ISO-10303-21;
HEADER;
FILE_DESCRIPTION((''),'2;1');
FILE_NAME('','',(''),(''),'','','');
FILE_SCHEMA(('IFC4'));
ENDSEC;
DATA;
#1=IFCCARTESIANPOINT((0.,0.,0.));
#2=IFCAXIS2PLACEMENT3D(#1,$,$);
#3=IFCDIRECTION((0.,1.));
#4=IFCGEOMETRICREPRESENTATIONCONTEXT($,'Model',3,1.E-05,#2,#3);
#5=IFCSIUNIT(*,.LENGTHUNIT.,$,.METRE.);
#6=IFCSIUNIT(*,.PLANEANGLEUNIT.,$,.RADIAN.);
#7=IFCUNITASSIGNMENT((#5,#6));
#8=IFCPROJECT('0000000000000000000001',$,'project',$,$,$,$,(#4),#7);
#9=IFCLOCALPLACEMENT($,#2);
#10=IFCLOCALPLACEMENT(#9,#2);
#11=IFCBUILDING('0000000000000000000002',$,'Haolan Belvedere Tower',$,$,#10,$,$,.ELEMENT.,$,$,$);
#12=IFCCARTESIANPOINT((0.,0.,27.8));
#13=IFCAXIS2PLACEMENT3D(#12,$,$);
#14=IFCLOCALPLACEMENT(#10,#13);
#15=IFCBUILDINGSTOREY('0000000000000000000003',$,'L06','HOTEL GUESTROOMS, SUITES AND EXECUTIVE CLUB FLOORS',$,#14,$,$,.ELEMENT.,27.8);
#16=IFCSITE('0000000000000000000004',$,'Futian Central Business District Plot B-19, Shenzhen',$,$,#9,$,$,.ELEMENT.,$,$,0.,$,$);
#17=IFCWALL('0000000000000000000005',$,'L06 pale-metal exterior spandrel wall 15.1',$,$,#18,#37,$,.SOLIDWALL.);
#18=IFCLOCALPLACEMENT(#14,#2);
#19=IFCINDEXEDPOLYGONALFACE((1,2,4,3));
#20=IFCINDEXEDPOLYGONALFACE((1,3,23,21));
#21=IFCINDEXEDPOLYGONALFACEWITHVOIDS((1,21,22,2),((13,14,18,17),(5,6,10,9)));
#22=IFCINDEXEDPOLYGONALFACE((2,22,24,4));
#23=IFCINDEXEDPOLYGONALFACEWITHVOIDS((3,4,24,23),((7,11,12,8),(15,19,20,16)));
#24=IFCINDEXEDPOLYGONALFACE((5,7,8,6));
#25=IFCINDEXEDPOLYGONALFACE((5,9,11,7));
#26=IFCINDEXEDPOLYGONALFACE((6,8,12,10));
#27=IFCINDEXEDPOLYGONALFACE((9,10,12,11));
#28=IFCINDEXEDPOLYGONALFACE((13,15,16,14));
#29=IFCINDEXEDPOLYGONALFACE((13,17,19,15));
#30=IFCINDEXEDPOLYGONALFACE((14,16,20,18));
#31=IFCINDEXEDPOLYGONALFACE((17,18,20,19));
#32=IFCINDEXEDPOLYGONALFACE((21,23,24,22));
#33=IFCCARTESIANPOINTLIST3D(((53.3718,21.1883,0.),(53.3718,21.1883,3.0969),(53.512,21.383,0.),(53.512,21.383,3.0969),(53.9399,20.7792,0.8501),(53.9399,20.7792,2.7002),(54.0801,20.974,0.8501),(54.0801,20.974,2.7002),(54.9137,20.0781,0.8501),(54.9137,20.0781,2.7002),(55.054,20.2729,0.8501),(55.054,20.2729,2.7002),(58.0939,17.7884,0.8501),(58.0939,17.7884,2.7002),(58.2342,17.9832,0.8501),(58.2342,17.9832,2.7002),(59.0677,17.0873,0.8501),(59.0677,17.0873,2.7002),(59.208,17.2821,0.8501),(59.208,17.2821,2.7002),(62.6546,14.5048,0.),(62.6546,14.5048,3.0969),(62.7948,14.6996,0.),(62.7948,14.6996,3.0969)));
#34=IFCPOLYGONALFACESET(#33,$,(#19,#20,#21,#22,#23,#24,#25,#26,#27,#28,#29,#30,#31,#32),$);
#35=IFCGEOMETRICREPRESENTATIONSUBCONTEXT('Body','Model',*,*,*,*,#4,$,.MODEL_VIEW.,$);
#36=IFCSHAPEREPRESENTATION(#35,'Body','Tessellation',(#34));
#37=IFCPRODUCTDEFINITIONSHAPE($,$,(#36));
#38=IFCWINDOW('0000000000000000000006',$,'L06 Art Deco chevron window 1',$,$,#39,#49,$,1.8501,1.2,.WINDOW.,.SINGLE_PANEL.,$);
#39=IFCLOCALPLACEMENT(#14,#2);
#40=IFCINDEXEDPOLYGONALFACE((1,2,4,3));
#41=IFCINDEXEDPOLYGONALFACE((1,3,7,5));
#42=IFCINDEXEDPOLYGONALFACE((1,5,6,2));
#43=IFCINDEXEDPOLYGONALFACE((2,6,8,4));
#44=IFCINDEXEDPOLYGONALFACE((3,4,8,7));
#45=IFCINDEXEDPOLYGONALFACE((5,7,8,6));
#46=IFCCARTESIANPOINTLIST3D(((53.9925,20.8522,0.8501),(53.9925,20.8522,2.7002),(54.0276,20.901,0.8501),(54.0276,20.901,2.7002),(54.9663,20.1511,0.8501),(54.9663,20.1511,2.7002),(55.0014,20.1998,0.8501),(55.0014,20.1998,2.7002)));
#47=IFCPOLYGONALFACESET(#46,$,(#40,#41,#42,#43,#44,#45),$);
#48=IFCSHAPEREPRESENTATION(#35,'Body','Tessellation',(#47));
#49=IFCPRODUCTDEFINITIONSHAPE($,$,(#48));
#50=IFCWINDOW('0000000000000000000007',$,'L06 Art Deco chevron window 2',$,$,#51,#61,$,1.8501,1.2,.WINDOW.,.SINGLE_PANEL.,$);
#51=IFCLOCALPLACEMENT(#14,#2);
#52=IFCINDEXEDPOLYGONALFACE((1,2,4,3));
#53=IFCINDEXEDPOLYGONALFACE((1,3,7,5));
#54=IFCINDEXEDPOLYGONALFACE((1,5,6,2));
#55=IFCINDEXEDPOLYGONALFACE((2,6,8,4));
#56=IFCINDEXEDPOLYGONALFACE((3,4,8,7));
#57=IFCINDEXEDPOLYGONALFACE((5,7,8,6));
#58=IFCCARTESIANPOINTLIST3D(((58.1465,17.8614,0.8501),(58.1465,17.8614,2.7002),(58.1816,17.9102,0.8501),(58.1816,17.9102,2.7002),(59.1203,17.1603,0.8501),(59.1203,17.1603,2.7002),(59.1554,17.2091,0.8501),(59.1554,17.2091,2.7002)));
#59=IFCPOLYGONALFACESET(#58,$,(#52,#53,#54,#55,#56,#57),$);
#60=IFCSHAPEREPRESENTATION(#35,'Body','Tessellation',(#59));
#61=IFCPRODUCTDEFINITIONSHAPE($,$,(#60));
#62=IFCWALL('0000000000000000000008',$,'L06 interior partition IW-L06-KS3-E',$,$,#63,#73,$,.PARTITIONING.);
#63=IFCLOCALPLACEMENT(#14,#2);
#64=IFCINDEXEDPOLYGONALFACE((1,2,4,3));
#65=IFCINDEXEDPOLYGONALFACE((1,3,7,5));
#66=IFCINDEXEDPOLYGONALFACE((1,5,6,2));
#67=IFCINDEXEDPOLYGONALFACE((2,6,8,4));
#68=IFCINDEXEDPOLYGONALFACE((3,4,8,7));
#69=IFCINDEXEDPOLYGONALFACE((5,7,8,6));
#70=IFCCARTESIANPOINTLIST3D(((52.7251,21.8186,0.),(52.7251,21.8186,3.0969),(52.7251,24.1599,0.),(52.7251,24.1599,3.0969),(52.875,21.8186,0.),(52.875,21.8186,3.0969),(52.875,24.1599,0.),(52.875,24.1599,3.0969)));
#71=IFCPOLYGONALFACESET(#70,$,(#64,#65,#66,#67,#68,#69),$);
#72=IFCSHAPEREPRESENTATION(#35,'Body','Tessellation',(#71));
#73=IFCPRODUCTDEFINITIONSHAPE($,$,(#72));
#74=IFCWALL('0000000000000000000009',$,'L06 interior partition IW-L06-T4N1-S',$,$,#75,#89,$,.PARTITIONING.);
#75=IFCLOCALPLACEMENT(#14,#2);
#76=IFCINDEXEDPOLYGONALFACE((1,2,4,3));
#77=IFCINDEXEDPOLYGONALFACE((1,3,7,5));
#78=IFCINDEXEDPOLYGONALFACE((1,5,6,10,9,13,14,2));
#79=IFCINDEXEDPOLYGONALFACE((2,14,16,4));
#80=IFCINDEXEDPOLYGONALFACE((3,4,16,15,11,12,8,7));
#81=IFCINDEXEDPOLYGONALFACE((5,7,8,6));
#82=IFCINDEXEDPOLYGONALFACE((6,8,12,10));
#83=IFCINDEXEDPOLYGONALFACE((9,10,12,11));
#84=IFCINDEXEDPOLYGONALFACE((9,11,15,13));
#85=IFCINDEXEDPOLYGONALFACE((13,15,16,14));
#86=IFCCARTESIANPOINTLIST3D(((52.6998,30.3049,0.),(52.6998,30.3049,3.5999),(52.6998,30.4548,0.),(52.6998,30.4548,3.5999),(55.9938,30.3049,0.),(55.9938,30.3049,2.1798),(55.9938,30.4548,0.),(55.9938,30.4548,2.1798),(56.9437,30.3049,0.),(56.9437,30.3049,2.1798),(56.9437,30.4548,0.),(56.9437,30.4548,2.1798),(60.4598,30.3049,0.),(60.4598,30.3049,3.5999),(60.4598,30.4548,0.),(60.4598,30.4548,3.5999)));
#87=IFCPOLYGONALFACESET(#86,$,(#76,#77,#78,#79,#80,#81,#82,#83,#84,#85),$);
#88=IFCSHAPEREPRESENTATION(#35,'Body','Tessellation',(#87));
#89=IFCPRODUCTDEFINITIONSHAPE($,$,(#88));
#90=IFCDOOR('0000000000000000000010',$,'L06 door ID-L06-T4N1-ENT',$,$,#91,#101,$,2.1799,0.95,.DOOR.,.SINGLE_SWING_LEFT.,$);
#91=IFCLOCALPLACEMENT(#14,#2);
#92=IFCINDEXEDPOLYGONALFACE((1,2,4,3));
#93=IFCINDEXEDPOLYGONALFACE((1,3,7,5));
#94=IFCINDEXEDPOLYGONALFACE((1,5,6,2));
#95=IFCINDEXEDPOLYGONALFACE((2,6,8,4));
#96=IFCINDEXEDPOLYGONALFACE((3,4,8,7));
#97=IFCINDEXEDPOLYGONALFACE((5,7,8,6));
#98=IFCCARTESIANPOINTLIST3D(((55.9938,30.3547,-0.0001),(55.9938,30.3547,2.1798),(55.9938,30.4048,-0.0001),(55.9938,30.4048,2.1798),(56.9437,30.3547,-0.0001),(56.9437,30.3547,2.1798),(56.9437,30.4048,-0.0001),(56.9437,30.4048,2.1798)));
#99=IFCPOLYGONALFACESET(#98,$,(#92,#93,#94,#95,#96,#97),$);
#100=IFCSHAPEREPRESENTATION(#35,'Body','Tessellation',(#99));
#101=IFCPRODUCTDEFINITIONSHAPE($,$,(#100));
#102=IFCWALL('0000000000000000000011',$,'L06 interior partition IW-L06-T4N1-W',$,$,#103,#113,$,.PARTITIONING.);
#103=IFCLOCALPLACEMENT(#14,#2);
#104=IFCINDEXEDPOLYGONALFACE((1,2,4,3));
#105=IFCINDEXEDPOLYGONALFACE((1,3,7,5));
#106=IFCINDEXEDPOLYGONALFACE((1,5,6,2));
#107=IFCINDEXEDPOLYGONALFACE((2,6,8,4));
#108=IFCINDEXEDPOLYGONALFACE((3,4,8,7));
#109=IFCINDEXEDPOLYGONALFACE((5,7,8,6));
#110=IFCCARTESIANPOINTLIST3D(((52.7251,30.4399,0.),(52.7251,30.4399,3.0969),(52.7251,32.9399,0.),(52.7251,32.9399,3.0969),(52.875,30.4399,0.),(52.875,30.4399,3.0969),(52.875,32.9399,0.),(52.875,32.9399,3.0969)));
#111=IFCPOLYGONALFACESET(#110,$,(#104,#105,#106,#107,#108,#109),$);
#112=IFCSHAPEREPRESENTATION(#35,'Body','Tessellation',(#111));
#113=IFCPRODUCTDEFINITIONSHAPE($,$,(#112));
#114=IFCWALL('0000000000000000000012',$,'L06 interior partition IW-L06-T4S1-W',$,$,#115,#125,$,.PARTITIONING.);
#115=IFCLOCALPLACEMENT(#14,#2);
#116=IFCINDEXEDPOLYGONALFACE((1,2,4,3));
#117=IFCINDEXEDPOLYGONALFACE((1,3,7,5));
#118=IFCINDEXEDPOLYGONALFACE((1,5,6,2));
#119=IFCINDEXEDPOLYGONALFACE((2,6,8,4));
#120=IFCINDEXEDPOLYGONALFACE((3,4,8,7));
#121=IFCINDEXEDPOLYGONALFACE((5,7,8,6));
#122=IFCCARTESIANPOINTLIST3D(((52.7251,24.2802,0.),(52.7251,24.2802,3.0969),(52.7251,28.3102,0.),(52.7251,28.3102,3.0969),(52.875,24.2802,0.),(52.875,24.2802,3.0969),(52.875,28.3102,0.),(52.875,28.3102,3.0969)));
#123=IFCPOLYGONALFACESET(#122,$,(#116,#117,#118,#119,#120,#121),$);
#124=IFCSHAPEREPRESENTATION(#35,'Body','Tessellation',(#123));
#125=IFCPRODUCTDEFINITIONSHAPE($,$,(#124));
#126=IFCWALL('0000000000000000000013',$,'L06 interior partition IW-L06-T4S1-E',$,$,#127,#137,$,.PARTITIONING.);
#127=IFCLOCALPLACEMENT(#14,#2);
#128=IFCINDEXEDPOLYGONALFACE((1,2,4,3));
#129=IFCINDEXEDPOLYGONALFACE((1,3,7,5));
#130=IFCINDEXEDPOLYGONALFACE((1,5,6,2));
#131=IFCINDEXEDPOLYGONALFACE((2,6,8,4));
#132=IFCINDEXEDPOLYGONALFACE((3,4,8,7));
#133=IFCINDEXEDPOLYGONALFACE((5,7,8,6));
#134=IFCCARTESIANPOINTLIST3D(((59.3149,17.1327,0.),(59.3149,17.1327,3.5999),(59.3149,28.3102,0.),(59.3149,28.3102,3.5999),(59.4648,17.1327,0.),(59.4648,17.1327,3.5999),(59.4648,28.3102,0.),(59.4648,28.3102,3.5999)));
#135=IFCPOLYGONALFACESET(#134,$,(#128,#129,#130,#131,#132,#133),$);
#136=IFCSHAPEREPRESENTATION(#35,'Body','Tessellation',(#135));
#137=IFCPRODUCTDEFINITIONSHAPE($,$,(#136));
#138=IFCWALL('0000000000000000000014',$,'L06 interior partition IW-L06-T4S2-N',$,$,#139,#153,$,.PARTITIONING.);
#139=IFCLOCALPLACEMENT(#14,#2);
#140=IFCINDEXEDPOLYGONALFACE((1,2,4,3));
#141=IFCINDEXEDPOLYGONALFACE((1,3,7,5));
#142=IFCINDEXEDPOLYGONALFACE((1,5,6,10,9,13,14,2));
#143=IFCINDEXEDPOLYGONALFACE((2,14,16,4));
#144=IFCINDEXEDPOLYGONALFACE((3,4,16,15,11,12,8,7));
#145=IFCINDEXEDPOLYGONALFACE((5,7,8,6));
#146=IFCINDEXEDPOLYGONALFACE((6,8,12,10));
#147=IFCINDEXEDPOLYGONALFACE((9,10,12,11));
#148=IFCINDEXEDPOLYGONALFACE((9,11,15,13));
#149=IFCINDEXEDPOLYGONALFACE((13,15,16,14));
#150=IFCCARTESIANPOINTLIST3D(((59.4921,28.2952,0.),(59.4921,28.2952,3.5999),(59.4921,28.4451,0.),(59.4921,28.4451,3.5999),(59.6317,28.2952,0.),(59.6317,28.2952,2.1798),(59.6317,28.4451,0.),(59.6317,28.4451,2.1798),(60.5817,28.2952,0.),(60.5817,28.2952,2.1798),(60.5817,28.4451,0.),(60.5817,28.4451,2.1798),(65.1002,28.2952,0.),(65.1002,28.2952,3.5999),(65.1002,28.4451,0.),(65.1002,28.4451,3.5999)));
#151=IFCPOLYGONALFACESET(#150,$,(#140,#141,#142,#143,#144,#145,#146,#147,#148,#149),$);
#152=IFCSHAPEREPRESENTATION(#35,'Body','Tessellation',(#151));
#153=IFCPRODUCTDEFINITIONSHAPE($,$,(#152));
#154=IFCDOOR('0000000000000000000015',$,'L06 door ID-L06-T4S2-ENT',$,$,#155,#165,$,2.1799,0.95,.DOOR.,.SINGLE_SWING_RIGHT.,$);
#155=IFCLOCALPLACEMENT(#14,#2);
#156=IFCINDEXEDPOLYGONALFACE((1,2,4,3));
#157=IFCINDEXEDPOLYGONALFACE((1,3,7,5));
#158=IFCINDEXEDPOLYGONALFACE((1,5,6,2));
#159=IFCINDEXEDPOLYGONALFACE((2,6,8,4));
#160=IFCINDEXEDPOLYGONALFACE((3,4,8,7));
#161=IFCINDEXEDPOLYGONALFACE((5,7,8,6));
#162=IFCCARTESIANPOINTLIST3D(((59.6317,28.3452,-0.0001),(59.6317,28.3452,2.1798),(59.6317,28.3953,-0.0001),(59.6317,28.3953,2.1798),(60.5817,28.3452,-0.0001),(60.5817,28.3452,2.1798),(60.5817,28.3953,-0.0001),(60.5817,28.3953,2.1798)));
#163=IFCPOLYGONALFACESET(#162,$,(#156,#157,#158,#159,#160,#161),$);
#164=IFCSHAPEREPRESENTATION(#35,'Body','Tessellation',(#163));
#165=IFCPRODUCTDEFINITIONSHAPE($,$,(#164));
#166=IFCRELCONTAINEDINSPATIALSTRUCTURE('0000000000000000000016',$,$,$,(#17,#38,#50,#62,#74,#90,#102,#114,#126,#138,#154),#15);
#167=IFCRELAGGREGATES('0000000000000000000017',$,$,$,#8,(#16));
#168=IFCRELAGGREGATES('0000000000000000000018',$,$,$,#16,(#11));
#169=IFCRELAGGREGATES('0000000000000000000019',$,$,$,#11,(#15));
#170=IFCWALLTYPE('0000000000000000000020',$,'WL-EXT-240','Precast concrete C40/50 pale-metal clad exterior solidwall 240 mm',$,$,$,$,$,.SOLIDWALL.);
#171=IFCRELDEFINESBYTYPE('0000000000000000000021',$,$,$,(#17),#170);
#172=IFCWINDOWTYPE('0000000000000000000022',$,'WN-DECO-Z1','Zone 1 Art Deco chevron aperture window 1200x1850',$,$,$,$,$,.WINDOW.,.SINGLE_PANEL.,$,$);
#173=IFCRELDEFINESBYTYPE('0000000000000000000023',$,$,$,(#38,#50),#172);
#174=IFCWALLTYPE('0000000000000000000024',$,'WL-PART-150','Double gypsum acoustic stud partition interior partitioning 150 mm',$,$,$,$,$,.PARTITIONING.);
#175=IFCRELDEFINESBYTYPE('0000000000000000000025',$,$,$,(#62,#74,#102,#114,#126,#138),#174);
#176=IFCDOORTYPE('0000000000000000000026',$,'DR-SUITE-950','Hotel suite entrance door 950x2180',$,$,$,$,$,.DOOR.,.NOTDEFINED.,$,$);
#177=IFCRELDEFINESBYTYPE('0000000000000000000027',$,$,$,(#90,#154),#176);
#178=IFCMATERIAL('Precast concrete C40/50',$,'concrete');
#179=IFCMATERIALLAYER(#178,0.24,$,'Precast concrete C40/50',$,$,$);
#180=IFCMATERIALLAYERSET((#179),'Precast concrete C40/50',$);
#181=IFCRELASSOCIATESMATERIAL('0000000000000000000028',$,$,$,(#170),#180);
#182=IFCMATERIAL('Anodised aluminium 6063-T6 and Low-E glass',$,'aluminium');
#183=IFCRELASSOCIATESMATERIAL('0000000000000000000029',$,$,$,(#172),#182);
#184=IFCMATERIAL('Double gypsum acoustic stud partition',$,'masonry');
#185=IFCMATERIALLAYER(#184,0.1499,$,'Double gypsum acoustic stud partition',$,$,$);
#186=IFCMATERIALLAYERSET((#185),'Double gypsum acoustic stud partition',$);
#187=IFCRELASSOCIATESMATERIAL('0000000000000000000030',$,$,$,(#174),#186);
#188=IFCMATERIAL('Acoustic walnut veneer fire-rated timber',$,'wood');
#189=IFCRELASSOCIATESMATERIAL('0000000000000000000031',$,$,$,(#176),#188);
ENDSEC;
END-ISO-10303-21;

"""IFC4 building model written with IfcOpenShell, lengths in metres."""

from ifc_helpers import new_model, si_unit, direction, frame, frame_2d, origin, place, context, subcontext, project, spatial, rectangle, extrude, material, layer, layer_set, type_object, element, fill, save


model = new_model("IFC4")

# Units and contexts
model_context = context("Model", 3, precision=1e-05, world=origin(), true_north=direction((0.0, 1.0)))
body_context = subcontext(model_context, "Body", "Model", "MODEL_VIEW")
ifc_project = project(units=[si_unit("LENGTHUNIT", "METRE"), si_unit("PLANEANGLEUNIT", "RADIAN")], contexts=[model_context])

# Site, building, storey
site_placement = place(None, origin())
site = spatial("IfcSite", under=ifc_project, at=site_placement, Name="Futian Central Business District Plot B-19, Shenzhen", CompositionType="ELEMENT", RefElevation=0.0)
building_placement = place(site_placement, origin())
building = spatial("IfcBuilding", under=site, at=building_placement, Name="Haolan Belvedere Tower", CompositionType="ELEMENT")
storey_placement = place(building_placement, frame((0.0, 0.0, 27.8)))
storey = spatial("IfcBuildingStorey", under=building, at=storey_placement, Name="L06", Description="HOTEL GUESTROOMS, SUITES AND EXECUTIVE CLUB FLOORS", CompositionType="ELEMENT", Elevation=27.8)

# Wall, openings, windows
ifc_material_1 = material(Name="Precast concrete C40/50", Category="concrete")
ifc_layer_1 = layer(ifc_material_1, 0.24, Name="Precast concrete C40/50")
ifc_layer_set_1 = layer_set([ifc_layer_1], Name="Precast concrete C40/50")
wall_type_1 = type_object("IfcWallType", Name="WL-EXT-240", Description="Precast concrete C40/50 pale-metal clad exterior solidwall 240 mm", PredefinedType="SOLIDWALL", material=ifc_layer_set_1)
wall_1_placement = place(storey_placement, frame((53.4419, 21.2856, 0.0), z_axis=(0.0, 0.0, 1.0), x_axis=(0.811543, -0.584293, 0.0)))
wall_1 = element("IfcWall", 1, at=wall_1_placement, inside=storey, type_object=wall_type_1, Name="L06 pale-metal exterior spandrel wall 15.1", PredefinedType="SOLIDWALL", context=body_context, shape_type="SweptSolid", body=[
    extrude(rectangle(XDim=11.4385, YDim=0.24, at=frame_2d((5.7192, 0.0))), origin(), (0.0, 0.0, 1.0), 3.0969),
])
opening_1_placement = place(wall_1_placement, frame((0.7, 0.0, 0.8501)))
opening_1 = element("IfcOpeningElement", 2, at=opening_1_placement, cuts=wall_1, PredefinedType="OPENING", context=body_context, shape_type="SweptSolid", body=[
    extrude(rectangle(XDim=1.2, YDim=1.8501, at=frame_2d((0.6001, 0.925))), frame((0.0, 0.1299, 0.0), z_axis=(0.0, -1.0, 0.0), x_axis=(1.0, 0.0, 0.0)), (0.0, 0.0, 1.0), 0.26),
])
opening_2_placement = place(wall_1_placement, frame((5.8186, 0.0, 0.8501)))
opening_2 = element("IfcOpeningElement", 3, at=opening_2_placement, cuts=wall_1, PredefinedType="OPENING", context=body_context, shape_type="SweptSolid", body=[
    extrude(rectangle(XDim=1.2, YDim=1.8501, at=frame_2d((0.6001, 0.925))), frame((0.0, 0.1299, 0.0), z_axis=(0.0, -1.0, 0.0), x_axis=(1.0, 0.0, 0.0)), (0.0, 0.0, 1.0), 0.26),
])
ifc_material_2 = material(Name="Anodised aluminium 6063-T6 and Low-E glass", Category="aluminium")
window_type = type_object("IfcWindowType", Name="WN-DECO-Z1", Description="Zone 1 Art Deco chevron aperture window 1200x1850", PartitioningType="SINGLE_PANEL", PredefinedType="WINDOW", material=ifc_material_2)
window_1_placement = place(opening_1_placement, origin())
window_1 = element("IfcWindow", 4, at=window_1_placement, inside=storey, type_object=window_type, Name="L06 Art Deco chevron window 1", OverallHeight=1.8501, OverallWidth=1.2, PartitioningType="SINGLE_PANEL", PredefinedType="WINDOW", context=body_context, shape_type="SweptSolid", body=[
    extrude(rectangle(XDim=1.2, YDim=1.8501, at=frame_2d((0.6001, 0.925))), frame((0.0, 0.03, 0.0), z_axis=(0.0, -1.0, 0.0), x_axis=(1.0, 0.0, 0.0)), (0.0, 0.0, 1.0), 0.0601),
])
fill(opening_1, window_1)
window_2_placement = place(opening_2_placement, origin())
window_2 = element("IfcWindow", 5, at=window_2_placement, inside=storey, type_object=window_type, Name="L06 Art Deco chevron window 2", OverallHeight=1.8501, OverallWidth=1.2, PartitioningType="SINGLE_PANEL", PredefinedType="WINDOW", context=body_context, shape_type="SweptSolid", body=[
    extrude(rectangle(XDim=1.2, YDim=1.8501, at=frame_2d((0.6001, 0.925))), frame((0.0, 0.03, 0.0), z_axis=(0.0, -1.0, 0.0), x_axis=(1.0, 0.0, 0.0)), (0.0, 0.0, 1.0), 0.0601),
])
fill(opening_2, window_2)

# Wall
ifc_material_3 = material(Name="Double gypsum acoustic stud partition", Category="masonry")
ifc_layer_2 = layer(ifc_material_3, 0.1499, Name="Double gypsum acoustic stud partition")
ifc_layer_set_2 = layer_set([ifc_layer_2], Name="Double gypsum acoustic stud partition")
wall_type_2 = type_object("IfcWallType", Name="WL-PART-150", Description="Double gypsum acoustic stud partition interior partitioning 150 mm", PredefinedType="PARTITIONING", material=ifc_layer_set_2)
wall_2_placement = place(storey_placement, frame((52.8, 21.8186, 0.0), z_axis=(0.0, 0.0, 1.0), x_axis=(0.0, 1.0, 0.0)))
element("IfcWall", 6, at=wall_2_placement, inside=storey, type_object=wall_type_2, Name="L06 interior partition IW-L06-KS3-E", PredefinedType="PARTITIONING", context=body_context, shape_type="SweptSolid", body=[
    extrude(rectangle(XDim=2.3413, YDim=0.1499, at=frame_2d((1.1707, 0.0))), origin(), (0.0, 0.0, 1.0), 3.0969),
])

# Wall, opening, door
wall_3_placement = place(storey_placement, frame((52.7, 30.3799, 0.0), z_axis=(0.0, 0.0, 1.0), x_axis=(1.0, 0.0, 0.0)))
wall_3 = element("IfcWall", 7, at=wall_3_placement, inside=storey, type_object=wall_type_2, Name="L06 interior partition IW-L06-T4N1-S", PredefinedType="PARTITIONING", context=body_context, shape_type="SweptSolid", body=[
    extrude(rectangle(XDim=7.76, YDim=0.1499, at=frame_2d((3.8799, 0.0))), origin(), (0.0, 0.0, 1.0), 3.5999),
])
opening_3_placement = place(wall_3_placement, frame((3.2937, 0.0, 0.0)))
opening_3 = element("IfcOpeningElement", 8, at=opening_3_placement, cuts=wall_3, PredefinedType="OPENING", context=body_context, shape_type="SweptSolid", body=[
    extrude(rectangle(XDim=0.95, YDim=2.1799, at=frame_2d((0.4751, 1.0898))), frame((0.0, 0.085, 0.0), z_axis=(0.0, -1.0, 0.0), x_axis=(1.0, 0.0, 0.0)), (0.0, 0.0, 1.0), 0.1699),
])
ifc_material_4 = material(Name="Acoustic walnut veneer fire-rated timber", Category="wood")
door_type_1 = type_object("IfcDoorType", Name="DR-SUITE-950", Description="Hotel suite entrance door 950x2180", OperationType="NOTDEFINED", PredefinedType="DOOR", material=ifc_material_4)
door_1_placement = place(opening_3_placement, origin())
door_1 = element("IfcDoor", 9, at=door_1_placement, inside=storey, type_object=door_type_1, Name="L06 door ID-L06-T4N1-ENT", OperationType="SINGLE_SWING_LEFT", OverallHeight=2.1799, OverallWidth=0.95, PredefinedType="DOOR", context=body_context, shape_type="SweptSolid", body=[
    extrude(rectangle(XDim=0.95, YDim=2.1799, at=frame_2d((0.4751, 1.0898))), frame((0.0, 0.0249, 0.0), z_axis=(0.0, -1.0, 0.0), x_axis=(1.0, 0.0, 0.0)), (0.0, 0.0, 1.0), 0.05),
])
fill(opening_3, door_1)

# Walls
wall_4_placement = place(storey_placement, frame((52.8, 30.4399, 0.0), z_axis=(0.0, 0.0, 1.0), x_axis=(0.0, 1.0, 0.0)))
element("IfcWall", 10, at=wall_4_placement, inside=storey, type_object=wall_type_2, Name="L06 interior partition IW-L06-T4N1-W", PredefinedType="PARTITIONING", context=body_context, shape_type="SweptSolid", body=[
    extrude(rectangle(XDim=2.5, YDim=0.1499, at=frame_2d((1.25, 0.0))), origin(), (0.0, 0.0, 1.0), 3.0969),
])
wall_5_placement = place(storey_placement, frame((52.8, 24.28, 0.0), z_axis=(0.0, 0.0, 1.0), x_axis=(0.0, 1.0, 0.0)))
element("IfcWall", 11, at=wall_5_placement, inside=storey, type_object=wall_type_2, Name="L06 interior partition IW-L06-T4S1-W", PredefinedType="PARTITIONING", context=body_context, shape_type="SweptSolid", body=[
    extrude(rectangle(XDim=4.03, YDim=0.1499, at=frame_2d((2.0151, 0.0))), origin(), (0.0, 0.0, 1.0), 3.0969),
])
wall_6_placement = place(storey_placement, frame((59.3899, 17.1326, 0.0), z_axis=(0.0, 0.0, 1.0), x_axis=(0.0, 1.0, 0.0)))
element("IfcWall", 12, at=wall_6_placement, inside=storey, type_object=wall_type_2, Name="L06 interior partition IW-L06-T4S1-E", PredefinedType="PARTITIONING", context=body_context, shape_type="SweptSolid", body=[
    extrude(rectangle(XDim=11.1775, YDim=0.1499, at=frame_2d((5.5889, 0.0))), origin(), (0.0, 0.0, 1.0), 3.5999),
])

# Wall, opening, door
wall_7_placement = place(storey_placement, frame((59.4919, 28.3701, 0.0), z_axis=(0.0, 0.0, 1.0), x_axis=(1.0, 0.0, 0.0)))
wall_7 = element("IfcWall", 13, at=wall_7_placement, inside=storey, type_object=wall_type_2, Name="L06 interior partition IW-L06-T4S2-N", PredefinedType="PARTITIONING", context=body_context, shape_type="SweptSolid", body=[
    extrude(rectangle(XDim=5.6082, YDim=0.1499, at=frame_2d((2.8042, 0.0))), origin(), (0.0, 0.0, 1.0), 3.5999),
])
opening_4_placement = place(wall_7_placement, frame((1.0898, 0.0, 0.0), z_axis=(0.0, 0.0, 1.0), x_axis=(-1.0, 0.0, 0.0)))
opening_4 = element("IfcOpeningElement", 14, at=opening_4_placement, cuts=wall_7, PredefinedType="OPENING", context=body_context, shape_type="SweptSolid", body=[
    extrude(rectangle(XDim=0.95, YDim=2.1799, at=frame_2d((0.4751, 1.0898))), frame((0.0, 0.085, 0.0), z_axis=(0.0, -1.0, 0.0), x_axis=(1.0, 0.0, 0.0)), (0.0, 0.0, 1.0), 0.1699),
])
door_2_placement = place(opening_4_placement, origin())
door_2 = element("IfcDoor", 15, at=door_2_placement, inside=storey, type_object=door_type_1, Name="L06 door ID-L06-T4S2-ENT", OperationType="SINGLE_SWING_RIGHT", OverallHeight=2.1799, OverallWidth=0.95, PredefinedType="DOOR", context=body_context, shape_type="SweptSolid", body=[
    extrude(rectangle(XDim=0.95, YDim=2.1799, at=frame_2d((0.4751, 1.0898))), frame((0.0, 0.0249, 0.0), z_axis=(0.0, -1.0, 0.0), x_axis=(1.0, 0.0, 0.0)), (0.0, 0.0, 1.0), 0.05),
])
fill(opening_4, door_2)

save(model, "model.ifc")
